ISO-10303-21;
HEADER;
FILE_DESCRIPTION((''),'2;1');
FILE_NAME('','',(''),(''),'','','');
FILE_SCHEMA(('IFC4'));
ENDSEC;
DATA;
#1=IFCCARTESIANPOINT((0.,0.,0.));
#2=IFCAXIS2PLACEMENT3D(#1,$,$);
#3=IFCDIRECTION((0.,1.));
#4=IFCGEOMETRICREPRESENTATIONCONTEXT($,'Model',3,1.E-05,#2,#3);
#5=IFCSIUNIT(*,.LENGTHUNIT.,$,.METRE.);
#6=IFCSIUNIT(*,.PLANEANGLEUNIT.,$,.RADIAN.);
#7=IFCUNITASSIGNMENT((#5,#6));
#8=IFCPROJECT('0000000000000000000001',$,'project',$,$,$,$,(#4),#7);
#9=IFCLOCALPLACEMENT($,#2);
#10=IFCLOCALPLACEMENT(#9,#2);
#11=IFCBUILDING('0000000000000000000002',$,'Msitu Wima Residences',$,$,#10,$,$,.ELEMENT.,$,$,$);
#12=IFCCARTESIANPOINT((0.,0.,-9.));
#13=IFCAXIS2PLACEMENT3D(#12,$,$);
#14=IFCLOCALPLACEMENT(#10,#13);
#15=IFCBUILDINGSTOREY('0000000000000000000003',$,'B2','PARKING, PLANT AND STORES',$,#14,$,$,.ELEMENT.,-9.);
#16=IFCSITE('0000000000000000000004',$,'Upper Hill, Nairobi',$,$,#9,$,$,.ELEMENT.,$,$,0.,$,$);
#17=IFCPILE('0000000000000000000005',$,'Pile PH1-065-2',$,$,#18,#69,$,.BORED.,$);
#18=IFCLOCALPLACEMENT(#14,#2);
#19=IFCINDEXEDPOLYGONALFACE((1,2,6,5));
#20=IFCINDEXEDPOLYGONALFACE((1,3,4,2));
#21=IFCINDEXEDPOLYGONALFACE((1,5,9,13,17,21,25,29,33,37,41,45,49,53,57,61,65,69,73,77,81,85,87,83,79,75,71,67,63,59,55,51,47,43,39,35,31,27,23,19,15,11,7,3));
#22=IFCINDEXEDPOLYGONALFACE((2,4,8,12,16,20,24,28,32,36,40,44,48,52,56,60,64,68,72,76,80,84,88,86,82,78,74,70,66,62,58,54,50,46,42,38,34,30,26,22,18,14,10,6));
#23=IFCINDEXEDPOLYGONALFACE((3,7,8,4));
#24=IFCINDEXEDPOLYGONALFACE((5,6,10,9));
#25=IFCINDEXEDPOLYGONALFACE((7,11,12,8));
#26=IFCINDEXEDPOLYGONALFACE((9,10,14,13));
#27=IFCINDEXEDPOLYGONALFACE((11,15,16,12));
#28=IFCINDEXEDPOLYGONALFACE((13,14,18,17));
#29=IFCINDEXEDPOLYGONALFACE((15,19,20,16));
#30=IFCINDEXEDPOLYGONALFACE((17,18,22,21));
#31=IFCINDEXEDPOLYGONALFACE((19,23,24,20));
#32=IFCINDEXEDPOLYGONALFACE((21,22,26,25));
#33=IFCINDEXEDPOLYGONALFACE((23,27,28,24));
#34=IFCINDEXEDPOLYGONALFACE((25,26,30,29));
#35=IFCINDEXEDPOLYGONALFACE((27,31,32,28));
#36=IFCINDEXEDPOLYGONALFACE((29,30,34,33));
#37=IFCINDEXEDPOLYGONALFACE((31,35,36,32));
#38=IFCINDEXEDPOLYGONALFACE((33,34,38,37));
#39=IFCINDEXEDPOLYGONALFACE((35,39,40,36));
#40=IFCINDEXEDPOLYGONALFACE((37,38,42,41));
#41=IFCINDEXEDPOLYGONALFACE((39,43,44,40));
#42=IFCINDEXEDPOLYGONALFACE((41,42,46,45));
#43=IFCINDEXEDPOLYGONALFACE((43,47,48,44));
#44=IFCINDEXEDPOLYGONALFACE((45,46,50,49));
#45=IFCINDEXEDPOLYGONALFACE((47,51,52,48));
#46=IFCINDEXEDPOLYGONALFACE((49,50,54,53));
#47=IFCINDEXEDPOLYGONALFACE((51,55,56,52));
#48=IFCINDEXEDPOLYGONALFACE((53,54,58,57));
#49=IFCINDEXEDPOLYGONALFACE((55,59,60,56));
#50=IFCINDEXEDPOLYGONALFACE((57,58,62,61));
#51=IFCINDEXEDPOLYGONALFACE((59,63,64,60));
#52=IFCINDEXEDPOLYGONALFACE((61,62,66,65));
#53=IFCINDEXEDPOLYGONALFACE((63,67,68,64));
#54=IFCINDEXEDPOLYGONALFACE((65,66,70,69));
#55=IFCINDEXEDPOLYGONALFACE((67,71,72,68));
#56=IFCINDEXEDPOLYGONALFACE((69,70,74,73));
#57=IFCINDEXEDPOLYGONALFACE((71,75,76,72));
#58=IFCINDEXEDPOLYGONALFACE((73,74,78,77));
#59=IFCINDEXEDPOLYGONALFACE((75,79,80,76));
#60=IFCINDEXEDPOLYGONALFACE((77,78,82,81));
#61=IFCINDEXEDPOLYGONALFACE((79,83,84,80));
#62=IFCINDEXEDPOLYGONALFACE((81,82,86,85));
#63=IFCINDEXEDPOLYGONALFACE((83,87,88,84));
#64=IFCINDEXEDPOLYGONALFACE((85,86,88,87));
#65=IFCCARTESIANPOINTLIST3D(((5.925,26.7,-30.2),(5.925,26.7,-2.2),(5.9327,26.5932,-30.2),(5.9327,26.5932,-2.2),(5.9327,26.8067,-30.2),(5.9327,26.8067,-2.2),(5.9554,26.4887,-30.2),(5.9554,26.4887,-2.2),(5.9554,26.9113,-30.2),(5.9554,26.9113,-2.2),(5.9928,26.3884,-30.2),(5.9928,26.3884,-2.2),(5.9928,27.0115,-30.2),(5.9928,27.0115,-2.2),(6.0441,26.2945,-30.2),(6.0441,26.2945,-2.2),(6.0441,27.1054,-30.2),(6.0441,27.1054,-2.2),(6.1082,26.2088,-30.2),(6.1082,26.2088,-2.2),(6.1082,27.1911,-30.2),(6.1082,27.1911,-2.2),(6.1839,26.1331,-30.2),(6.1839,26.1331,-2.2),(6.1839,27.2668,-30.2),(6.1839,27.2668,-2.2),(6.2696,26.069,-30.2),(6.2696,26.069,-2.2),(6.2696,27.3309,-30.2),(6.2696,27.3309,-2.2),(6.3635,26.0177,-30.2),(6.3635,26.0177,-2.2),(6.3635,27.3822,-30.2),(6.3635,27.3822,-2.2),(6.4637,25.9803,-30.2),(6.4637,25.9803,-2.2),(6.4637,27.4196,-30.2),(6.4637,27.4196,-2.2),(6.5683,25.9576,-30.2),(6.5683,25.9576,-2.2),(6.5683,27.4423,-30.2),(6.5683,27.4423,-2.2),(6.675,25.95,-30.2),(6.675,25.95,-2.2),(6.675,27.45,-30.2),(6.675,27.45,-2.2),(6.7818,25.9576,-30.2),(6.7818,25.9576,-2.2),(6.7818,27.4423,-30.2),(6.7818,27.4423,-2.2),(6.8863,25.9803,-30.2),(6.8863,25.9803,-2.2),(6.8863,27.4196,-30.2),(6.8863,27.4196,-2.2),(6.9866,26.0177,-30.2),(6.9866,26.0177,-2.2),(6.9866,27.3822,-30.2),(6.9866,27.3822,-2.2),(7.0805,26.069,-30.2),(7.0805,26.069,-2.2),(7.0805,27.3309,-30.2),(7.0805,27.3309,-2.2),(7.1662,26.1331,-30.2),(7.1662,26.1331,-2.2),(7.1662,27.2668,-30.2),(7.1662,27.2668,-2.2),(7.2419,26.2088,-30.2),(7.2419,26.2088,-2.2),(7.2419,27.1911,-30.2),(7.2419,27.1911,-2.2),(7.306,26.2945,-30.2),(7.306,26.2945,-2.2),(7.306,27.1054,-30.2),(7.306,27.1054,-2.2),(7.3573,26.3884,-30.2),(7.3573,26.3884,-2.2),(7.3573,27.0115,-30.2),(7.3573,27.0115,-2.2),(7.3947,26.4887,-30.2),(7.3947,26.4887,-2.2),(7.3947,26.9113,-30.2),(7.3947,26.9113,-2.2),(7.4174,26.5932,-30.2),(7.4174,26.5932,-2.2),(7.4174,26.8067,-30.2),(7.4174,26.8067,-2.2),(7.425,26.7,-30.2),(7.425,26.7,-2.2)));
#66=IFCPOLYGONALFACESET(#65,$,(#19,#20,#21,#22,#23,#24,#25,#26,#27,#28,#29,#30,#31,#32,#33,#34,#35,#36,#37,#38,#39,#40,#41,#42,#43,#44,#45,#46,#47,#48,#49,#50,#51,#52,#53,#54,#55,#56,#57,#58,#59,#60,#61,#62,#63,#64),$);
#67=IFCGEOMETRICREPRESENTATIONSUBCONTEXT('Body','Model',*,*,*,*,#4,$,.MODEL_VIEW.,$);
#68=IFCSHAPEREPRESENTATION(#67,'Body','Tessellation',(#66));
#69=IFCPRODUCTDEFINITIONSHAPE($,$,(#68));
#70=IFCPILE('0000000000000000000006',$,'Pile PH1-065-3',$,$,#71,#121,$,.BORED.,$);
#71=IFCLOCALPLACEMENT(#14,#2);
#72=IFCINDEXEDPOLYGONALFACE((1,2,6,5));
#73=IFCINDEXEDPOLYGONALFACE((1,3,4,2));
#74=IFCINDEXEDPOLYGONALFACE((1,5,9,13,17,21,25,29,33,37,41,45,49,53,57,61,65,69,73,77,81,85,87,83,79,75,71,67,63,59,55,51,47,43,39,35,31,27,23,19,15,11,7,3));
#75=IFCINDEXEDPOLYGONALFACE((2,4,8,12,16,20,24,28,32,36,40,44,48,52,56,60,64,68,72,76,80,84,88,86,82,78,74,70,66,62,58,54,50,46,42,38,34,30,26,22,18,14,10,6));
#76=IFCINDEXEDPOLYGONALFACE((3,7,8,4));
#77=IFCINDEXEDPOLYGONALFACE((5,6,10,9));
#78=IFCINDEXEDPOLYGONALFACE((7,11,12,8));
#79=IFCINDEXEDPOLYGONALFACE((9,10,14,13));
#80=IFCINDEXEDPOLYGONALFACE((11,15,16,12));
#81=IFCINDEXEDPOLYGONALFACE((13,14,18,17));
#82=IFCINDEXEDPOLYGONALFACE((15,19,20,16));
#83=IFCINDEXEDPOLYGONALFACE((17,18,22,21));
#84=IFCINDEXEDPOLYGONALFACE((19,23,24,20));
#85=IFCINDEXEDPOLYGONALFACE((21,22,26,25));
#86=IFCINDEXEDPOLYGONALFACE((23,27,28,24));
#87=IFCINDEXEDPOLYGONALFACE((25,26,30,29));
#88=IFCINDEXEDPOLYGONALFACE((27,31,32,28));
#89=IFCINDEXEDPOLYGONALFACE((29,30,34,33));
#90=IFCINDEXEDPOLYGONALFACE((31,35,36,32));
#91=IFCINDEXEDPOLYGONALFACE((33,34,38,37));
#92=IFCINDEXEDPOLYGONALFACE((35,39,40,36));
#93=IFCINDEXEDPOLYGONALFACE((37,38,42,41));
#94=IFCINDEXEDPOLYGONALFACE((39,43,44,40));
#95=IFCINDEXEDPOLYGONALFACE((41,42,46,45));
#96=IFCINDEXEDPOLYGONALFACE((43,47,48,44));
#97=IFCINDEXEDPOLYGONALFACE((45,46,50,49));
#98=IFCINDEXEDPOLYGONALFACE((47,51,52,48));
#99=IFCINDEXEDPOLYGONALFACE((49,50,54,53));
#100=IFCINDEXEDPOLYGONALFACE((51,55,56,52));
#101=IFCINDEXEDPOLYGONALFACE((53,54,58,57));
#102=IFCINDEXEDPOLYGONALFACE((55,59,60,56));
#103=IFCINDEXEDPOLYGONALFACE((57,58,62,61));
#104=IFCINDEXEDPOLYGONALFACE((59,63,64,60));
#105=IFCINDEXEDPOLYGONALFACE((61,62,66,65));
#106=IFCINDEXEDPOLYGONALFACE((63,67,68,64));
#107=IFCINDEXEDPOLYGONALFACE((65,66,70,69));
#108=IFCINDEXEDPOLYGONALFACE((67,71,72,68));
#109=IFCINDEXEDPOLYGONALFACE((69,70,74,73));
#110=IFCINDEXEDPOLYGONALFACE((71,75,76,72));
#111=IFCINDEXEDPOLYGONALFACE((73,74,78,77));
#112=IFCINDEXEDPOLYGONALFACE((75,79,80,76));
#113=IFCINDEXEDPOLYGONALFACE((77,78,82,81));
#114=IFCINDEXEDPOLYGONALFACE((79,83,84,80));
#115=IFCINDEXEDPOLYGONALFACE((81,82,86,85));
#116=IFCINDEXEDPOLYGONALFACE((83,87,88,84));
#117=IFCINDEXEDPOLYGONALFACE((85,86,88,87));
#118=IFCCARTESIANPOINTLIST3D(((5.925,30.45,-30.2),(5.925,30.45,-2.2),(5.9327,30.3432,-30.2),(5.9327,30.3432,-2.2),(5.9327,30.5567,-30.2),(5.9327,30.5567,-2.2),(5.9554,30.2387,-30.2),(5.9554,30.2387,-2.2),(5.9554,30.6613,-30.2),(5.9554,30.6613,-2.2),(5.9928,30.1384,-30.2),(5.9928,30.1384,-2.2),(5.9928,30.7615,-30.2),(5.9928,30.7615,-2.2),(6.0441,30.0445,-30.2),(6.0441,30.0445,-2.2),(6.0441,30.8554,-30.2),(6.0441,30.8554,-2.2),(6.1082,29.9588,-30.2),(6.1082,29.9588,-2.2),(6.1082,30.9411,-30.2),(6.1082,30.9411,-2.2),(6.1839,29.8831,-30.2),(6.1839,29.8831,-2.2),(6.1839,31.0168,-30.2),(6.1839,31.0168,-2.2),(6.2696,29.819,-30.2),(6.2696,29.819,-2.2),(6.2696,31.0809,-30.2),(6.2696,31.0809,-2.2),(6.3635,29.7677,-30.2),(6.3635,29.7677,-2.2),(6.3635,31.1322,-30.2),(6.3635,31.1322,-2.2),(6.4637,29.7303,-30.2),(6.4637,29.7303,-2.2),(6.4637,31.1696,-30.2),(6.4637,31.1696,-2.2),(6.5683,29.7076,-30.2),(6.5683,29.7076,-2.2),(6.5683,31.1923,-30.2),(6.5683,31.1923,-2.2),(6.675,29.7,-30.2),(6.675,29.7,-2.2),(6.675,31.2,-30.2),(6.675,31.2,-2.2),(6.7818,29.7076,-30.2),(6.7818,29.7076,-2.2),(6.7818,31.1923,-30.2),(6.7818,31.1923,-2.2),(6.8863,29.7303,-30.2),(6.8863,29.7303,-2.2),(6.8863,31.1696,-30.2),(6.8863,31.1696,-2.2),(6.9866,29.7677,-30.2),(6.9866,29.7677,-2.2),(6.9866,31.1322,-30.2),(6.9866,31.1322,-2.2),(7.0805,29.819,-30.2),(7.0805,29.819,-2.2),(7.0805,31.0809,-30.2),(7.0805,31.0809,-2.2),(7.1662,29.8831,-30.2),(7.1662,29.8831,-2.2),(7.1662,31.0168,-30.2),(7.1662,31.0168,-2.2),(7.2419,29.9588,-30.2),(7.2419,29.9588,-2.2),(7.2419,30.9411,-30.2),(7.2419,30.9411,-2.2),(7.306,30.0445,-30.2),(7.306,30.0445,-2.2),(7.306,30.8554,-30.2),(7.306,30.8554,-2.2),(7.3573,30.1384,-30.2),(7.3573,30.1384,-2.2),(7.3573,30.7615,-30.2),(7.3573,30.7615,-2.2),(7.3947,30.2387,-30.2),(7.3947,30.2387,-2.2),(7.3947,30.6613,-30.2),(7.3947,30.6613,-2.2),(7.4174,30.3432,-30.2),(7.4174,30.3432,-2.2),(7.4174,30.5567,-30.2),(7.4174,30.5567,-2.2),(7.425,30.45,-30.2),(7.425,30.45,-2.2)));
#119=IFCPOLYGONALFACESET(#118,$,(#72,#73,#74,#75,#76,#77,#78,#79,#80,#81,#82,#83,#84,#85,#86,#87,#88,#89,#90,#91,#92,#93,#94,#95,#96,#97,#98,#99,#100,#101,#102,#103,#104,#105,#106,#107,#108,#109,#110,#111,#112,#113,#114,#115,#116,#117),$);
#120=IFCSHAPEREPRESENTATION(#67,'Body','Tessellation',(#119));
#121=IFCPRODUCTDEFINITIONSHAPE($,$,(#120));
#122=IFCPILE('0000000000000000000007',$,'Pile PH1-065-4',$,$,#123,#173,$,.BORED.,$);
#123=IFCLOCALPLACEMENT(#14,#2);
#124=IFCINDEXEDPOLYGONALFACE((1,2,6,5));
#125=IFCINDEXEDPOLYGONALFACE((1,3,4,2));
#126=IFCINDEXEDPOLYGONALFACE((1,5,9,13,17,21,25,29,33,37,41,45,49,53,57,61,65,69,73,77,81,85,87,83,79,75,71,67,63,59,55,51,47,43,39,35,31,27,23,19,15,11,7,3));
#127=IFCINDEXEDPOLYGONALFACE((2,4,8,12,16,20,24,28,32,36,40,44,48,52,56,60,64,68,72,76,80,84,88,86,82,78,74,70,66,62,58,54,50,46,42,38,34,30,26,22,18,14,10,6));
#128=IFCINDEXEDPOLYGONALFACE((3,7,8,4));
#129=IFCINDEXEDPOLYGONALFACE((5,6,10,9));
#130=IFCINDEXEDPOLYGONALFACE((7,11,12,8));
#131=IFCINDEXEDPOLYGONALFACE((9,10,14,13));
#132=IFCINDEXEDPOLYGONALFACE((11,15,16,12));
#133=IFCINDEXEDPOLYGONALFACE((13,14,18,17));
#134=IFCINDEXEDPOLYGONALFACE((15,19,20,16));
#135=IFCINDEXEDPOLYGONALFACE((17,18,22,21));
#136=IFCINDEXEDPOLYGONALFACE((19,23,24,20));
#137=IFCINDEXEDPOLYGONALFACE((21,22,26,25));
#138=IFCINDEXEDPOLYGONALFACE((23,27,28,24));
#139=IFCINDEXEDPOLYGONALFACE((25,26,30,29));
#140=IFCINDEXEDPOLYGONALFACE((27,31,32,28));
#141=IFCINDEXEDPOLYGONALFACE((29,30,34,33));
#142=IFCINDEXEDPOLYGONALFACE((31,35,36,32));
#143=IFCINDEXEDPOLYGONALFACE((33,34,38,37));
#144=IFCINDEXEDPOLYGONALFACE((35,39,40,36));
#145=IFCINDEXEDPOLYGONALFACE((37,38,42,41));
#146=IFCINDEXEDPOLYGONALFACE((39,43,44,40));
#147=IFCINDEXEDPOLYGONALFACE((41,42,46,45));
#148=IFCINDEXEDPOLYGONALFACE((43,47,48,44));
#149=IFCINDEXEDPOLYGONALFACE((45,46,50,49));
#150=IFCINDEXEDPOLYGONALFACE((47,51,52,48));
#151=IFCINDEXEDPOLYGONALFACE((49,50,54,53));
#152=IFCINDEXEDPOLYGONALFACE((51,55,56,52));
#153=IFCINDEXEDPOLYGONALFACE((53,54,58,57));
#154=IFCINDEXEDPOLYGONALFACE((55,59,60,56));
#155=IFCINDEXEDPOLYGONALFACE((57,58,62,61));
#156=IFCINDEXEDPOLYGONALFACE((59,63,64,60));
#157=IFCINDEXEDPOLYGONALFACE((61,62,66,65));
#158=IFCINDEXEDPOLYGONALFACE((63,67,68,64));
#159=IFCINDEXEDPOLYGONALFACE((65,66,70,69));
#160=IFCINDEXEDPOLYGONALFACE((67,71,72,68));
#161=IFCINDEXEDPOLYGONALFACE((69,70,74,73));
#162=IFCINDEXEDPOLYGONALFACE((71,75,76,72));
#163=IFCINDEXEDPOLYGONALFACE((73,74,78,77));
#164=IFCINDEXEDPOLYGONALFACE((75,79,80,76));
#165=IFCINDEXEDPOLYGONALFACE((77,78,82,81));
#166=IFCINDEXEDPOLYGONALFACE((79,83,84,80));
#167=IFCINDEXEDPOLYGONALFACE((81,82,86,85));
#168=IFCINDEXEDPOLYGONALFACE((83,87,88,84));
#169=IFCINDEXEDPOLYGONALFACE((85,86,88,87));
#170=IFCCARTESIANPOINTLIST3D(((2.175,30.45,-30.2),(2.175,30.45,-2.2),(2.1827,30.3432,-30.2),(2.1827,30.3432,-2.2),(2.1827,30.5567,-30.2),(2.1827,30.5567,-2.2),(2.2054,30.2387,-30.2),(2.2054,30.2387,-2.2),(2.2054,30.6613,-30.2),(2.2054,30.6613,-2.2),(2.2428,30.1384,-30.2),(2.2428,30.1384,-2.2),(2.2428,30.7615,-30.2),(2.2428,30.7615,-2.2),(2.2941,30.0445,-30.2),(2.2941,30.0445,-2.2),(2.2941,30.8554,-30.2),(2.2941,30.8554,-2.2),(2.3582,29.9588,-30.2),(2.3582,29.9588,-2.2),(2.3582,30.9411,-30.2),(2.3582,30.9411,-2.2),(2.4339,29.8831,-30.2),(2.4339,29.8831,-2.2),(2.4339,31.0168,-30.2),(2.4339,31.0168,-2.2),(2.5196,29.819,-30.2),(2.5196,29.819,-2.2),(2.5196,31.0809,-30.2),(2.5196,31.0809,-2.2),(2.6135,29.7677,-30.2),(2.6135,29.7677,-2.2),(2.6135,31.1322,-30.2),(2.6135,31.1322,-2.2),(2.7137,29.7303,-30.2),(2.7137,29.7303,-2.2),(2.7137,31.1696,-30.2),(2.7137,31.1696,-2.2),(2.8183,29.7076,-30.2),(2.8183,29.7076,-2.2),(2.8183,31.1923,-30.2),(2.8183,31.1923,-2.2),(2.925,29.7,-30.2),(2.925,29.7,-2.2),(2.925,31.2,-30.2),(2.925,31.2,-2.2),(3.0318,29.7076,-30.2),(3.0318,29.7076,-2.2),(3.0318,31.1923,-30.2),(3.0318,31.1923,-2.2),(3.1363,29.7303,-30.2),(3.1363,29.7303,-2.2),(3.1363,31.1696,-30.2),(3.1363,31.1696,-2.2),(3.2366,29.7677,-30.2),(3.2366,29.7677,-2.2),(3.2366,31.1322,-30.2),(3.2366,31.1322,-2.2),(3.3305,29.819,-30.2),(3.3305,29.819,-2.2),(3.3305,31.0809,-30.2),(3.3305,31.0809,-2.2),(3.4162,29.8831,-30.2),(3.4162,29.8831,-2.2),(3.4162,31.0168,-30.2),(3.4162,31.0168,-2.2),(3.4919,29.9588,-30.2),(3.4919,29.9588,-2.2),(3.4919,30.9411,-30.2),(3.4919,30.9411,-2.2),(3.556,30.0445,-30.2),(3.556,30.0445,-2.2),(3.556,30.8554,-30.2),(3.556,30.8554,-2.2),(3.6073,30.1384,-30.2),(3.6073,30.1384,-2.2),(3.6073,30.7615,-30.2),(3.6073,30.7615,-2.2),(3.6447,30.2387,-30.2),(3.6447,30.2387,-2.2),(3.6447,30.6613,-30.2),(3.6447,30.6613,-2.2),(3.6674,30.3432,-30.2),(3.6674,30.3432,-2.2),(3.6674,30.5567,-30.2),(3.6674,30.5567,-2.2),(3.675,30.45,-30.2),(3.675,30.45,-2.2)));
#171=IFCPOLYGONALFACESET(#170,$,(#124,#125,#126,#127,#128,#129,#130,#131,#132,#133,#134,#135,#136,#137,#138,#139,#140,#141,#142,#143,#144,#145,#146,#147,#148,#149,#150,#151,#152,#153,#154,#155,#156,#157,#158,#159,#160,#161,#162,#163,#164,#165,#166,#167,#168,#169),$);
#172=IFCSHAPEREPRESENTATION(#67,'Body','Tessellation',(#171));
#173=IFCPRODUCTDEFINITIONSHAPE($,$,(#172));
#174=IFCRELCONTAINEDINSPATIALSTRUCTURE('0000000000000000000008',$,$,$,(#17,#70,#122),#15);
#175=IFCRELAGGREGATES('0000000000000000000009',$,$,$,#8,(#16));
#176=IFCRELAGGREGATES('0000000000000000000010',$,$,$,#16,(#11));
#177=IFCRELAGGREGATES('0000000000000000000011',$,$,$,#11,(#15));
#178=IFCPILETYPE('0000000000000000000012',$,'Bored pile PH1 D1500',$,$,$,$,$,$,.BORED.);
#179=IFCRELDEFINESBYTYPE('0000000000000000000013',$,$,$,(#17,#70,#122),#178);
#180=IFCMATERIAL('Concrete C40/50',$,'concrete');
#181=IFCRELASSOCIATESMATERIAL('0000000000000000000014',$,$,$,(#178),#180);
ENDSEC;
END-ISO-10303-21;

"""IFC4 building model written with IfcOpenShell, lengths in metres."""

from ifc_helpers import new_model, si_unit, direction, frame, origin, origin_2d, place, context, subcontext, project, spatial, circle, extrude, material, type_object, element, save


model = new_model("IFC4")

# Units and contexts
model_context = context("Model", 3, precision=1e-05, world=origin(), true_north=direction((0.0, 1.0)))
body_context = subcontext(model_context, "Body", "Model", "MODEL_VIEW")
ifc_project = project(units=[si_unit("LENGTHUNIT", "METRE"), si_unit("PLANEANGLEUNIT", "RADIAN")], contexts=[model_context])

# Site, building, storey
site_placement = place(None, origin())
site = spatial("IfcSite", under=ifc_project, at=site_placement, Name="Upper Hill, Nairobi", CompositionType="ELEMENT", RefElevation=0.0)
building_placement = place(site_placement, origin())
building = spatial("IfcBuilding", under=site, at=building_placement, Name="Msitu Wima Residences", CompositionType="ELEMENT")
storey_placement = place(building_placement, frame((0.0, 0.0, -9.0)))
storey = spatial("IfcBuildingStorey", under=building, at=storey_placement, Name="B2", Description="PARKING, PLANT AND STORES", CompositionType="ELEMENT", Elevation=-9.0)

# Piles
ifc_material_1 = material(Name="Concrete C40/50", Category="concrete")
pile_type_1 = type_object("IfcPileType", Name="Bored pile PH1 D1500", PredefinedType="BORED", material=ifc_material_1)
for number, where, z_axis, x_axis, name in (
    (1, (6.675, 26.7, -2.2), (0.0, 0.0, -1.0), (1.0, 0.0, 0.0), "Pile PH1-065-2"),
    (2, (6.675, 30.45, -2.2), (0.0, 0.0, -1.0), (1.0, 0.0, 0.0), "Pile PH1-065-3"),
    (3, (2.925, 30.45, -2.2), (0.0, 0.0, -1.0), (1.0, 0.0, 0.0), "Pile PH1-065-4"),
):
    element("IfcPile", number, at=place(storey_placement, frame(where, z_axis=z_axis, x_axis=x_axis)), inside=storey, type_object=pile_type_1, Name=name, PredefinedType="BORED", context=body_context, shape_type="SweptSolid", body=[
        extrude(circle(Radius=0.75, at=origin_2d()), origin(), (0.0, 0.0, 1.0), 28.0),
    ])

save(model, "model.ifc")
